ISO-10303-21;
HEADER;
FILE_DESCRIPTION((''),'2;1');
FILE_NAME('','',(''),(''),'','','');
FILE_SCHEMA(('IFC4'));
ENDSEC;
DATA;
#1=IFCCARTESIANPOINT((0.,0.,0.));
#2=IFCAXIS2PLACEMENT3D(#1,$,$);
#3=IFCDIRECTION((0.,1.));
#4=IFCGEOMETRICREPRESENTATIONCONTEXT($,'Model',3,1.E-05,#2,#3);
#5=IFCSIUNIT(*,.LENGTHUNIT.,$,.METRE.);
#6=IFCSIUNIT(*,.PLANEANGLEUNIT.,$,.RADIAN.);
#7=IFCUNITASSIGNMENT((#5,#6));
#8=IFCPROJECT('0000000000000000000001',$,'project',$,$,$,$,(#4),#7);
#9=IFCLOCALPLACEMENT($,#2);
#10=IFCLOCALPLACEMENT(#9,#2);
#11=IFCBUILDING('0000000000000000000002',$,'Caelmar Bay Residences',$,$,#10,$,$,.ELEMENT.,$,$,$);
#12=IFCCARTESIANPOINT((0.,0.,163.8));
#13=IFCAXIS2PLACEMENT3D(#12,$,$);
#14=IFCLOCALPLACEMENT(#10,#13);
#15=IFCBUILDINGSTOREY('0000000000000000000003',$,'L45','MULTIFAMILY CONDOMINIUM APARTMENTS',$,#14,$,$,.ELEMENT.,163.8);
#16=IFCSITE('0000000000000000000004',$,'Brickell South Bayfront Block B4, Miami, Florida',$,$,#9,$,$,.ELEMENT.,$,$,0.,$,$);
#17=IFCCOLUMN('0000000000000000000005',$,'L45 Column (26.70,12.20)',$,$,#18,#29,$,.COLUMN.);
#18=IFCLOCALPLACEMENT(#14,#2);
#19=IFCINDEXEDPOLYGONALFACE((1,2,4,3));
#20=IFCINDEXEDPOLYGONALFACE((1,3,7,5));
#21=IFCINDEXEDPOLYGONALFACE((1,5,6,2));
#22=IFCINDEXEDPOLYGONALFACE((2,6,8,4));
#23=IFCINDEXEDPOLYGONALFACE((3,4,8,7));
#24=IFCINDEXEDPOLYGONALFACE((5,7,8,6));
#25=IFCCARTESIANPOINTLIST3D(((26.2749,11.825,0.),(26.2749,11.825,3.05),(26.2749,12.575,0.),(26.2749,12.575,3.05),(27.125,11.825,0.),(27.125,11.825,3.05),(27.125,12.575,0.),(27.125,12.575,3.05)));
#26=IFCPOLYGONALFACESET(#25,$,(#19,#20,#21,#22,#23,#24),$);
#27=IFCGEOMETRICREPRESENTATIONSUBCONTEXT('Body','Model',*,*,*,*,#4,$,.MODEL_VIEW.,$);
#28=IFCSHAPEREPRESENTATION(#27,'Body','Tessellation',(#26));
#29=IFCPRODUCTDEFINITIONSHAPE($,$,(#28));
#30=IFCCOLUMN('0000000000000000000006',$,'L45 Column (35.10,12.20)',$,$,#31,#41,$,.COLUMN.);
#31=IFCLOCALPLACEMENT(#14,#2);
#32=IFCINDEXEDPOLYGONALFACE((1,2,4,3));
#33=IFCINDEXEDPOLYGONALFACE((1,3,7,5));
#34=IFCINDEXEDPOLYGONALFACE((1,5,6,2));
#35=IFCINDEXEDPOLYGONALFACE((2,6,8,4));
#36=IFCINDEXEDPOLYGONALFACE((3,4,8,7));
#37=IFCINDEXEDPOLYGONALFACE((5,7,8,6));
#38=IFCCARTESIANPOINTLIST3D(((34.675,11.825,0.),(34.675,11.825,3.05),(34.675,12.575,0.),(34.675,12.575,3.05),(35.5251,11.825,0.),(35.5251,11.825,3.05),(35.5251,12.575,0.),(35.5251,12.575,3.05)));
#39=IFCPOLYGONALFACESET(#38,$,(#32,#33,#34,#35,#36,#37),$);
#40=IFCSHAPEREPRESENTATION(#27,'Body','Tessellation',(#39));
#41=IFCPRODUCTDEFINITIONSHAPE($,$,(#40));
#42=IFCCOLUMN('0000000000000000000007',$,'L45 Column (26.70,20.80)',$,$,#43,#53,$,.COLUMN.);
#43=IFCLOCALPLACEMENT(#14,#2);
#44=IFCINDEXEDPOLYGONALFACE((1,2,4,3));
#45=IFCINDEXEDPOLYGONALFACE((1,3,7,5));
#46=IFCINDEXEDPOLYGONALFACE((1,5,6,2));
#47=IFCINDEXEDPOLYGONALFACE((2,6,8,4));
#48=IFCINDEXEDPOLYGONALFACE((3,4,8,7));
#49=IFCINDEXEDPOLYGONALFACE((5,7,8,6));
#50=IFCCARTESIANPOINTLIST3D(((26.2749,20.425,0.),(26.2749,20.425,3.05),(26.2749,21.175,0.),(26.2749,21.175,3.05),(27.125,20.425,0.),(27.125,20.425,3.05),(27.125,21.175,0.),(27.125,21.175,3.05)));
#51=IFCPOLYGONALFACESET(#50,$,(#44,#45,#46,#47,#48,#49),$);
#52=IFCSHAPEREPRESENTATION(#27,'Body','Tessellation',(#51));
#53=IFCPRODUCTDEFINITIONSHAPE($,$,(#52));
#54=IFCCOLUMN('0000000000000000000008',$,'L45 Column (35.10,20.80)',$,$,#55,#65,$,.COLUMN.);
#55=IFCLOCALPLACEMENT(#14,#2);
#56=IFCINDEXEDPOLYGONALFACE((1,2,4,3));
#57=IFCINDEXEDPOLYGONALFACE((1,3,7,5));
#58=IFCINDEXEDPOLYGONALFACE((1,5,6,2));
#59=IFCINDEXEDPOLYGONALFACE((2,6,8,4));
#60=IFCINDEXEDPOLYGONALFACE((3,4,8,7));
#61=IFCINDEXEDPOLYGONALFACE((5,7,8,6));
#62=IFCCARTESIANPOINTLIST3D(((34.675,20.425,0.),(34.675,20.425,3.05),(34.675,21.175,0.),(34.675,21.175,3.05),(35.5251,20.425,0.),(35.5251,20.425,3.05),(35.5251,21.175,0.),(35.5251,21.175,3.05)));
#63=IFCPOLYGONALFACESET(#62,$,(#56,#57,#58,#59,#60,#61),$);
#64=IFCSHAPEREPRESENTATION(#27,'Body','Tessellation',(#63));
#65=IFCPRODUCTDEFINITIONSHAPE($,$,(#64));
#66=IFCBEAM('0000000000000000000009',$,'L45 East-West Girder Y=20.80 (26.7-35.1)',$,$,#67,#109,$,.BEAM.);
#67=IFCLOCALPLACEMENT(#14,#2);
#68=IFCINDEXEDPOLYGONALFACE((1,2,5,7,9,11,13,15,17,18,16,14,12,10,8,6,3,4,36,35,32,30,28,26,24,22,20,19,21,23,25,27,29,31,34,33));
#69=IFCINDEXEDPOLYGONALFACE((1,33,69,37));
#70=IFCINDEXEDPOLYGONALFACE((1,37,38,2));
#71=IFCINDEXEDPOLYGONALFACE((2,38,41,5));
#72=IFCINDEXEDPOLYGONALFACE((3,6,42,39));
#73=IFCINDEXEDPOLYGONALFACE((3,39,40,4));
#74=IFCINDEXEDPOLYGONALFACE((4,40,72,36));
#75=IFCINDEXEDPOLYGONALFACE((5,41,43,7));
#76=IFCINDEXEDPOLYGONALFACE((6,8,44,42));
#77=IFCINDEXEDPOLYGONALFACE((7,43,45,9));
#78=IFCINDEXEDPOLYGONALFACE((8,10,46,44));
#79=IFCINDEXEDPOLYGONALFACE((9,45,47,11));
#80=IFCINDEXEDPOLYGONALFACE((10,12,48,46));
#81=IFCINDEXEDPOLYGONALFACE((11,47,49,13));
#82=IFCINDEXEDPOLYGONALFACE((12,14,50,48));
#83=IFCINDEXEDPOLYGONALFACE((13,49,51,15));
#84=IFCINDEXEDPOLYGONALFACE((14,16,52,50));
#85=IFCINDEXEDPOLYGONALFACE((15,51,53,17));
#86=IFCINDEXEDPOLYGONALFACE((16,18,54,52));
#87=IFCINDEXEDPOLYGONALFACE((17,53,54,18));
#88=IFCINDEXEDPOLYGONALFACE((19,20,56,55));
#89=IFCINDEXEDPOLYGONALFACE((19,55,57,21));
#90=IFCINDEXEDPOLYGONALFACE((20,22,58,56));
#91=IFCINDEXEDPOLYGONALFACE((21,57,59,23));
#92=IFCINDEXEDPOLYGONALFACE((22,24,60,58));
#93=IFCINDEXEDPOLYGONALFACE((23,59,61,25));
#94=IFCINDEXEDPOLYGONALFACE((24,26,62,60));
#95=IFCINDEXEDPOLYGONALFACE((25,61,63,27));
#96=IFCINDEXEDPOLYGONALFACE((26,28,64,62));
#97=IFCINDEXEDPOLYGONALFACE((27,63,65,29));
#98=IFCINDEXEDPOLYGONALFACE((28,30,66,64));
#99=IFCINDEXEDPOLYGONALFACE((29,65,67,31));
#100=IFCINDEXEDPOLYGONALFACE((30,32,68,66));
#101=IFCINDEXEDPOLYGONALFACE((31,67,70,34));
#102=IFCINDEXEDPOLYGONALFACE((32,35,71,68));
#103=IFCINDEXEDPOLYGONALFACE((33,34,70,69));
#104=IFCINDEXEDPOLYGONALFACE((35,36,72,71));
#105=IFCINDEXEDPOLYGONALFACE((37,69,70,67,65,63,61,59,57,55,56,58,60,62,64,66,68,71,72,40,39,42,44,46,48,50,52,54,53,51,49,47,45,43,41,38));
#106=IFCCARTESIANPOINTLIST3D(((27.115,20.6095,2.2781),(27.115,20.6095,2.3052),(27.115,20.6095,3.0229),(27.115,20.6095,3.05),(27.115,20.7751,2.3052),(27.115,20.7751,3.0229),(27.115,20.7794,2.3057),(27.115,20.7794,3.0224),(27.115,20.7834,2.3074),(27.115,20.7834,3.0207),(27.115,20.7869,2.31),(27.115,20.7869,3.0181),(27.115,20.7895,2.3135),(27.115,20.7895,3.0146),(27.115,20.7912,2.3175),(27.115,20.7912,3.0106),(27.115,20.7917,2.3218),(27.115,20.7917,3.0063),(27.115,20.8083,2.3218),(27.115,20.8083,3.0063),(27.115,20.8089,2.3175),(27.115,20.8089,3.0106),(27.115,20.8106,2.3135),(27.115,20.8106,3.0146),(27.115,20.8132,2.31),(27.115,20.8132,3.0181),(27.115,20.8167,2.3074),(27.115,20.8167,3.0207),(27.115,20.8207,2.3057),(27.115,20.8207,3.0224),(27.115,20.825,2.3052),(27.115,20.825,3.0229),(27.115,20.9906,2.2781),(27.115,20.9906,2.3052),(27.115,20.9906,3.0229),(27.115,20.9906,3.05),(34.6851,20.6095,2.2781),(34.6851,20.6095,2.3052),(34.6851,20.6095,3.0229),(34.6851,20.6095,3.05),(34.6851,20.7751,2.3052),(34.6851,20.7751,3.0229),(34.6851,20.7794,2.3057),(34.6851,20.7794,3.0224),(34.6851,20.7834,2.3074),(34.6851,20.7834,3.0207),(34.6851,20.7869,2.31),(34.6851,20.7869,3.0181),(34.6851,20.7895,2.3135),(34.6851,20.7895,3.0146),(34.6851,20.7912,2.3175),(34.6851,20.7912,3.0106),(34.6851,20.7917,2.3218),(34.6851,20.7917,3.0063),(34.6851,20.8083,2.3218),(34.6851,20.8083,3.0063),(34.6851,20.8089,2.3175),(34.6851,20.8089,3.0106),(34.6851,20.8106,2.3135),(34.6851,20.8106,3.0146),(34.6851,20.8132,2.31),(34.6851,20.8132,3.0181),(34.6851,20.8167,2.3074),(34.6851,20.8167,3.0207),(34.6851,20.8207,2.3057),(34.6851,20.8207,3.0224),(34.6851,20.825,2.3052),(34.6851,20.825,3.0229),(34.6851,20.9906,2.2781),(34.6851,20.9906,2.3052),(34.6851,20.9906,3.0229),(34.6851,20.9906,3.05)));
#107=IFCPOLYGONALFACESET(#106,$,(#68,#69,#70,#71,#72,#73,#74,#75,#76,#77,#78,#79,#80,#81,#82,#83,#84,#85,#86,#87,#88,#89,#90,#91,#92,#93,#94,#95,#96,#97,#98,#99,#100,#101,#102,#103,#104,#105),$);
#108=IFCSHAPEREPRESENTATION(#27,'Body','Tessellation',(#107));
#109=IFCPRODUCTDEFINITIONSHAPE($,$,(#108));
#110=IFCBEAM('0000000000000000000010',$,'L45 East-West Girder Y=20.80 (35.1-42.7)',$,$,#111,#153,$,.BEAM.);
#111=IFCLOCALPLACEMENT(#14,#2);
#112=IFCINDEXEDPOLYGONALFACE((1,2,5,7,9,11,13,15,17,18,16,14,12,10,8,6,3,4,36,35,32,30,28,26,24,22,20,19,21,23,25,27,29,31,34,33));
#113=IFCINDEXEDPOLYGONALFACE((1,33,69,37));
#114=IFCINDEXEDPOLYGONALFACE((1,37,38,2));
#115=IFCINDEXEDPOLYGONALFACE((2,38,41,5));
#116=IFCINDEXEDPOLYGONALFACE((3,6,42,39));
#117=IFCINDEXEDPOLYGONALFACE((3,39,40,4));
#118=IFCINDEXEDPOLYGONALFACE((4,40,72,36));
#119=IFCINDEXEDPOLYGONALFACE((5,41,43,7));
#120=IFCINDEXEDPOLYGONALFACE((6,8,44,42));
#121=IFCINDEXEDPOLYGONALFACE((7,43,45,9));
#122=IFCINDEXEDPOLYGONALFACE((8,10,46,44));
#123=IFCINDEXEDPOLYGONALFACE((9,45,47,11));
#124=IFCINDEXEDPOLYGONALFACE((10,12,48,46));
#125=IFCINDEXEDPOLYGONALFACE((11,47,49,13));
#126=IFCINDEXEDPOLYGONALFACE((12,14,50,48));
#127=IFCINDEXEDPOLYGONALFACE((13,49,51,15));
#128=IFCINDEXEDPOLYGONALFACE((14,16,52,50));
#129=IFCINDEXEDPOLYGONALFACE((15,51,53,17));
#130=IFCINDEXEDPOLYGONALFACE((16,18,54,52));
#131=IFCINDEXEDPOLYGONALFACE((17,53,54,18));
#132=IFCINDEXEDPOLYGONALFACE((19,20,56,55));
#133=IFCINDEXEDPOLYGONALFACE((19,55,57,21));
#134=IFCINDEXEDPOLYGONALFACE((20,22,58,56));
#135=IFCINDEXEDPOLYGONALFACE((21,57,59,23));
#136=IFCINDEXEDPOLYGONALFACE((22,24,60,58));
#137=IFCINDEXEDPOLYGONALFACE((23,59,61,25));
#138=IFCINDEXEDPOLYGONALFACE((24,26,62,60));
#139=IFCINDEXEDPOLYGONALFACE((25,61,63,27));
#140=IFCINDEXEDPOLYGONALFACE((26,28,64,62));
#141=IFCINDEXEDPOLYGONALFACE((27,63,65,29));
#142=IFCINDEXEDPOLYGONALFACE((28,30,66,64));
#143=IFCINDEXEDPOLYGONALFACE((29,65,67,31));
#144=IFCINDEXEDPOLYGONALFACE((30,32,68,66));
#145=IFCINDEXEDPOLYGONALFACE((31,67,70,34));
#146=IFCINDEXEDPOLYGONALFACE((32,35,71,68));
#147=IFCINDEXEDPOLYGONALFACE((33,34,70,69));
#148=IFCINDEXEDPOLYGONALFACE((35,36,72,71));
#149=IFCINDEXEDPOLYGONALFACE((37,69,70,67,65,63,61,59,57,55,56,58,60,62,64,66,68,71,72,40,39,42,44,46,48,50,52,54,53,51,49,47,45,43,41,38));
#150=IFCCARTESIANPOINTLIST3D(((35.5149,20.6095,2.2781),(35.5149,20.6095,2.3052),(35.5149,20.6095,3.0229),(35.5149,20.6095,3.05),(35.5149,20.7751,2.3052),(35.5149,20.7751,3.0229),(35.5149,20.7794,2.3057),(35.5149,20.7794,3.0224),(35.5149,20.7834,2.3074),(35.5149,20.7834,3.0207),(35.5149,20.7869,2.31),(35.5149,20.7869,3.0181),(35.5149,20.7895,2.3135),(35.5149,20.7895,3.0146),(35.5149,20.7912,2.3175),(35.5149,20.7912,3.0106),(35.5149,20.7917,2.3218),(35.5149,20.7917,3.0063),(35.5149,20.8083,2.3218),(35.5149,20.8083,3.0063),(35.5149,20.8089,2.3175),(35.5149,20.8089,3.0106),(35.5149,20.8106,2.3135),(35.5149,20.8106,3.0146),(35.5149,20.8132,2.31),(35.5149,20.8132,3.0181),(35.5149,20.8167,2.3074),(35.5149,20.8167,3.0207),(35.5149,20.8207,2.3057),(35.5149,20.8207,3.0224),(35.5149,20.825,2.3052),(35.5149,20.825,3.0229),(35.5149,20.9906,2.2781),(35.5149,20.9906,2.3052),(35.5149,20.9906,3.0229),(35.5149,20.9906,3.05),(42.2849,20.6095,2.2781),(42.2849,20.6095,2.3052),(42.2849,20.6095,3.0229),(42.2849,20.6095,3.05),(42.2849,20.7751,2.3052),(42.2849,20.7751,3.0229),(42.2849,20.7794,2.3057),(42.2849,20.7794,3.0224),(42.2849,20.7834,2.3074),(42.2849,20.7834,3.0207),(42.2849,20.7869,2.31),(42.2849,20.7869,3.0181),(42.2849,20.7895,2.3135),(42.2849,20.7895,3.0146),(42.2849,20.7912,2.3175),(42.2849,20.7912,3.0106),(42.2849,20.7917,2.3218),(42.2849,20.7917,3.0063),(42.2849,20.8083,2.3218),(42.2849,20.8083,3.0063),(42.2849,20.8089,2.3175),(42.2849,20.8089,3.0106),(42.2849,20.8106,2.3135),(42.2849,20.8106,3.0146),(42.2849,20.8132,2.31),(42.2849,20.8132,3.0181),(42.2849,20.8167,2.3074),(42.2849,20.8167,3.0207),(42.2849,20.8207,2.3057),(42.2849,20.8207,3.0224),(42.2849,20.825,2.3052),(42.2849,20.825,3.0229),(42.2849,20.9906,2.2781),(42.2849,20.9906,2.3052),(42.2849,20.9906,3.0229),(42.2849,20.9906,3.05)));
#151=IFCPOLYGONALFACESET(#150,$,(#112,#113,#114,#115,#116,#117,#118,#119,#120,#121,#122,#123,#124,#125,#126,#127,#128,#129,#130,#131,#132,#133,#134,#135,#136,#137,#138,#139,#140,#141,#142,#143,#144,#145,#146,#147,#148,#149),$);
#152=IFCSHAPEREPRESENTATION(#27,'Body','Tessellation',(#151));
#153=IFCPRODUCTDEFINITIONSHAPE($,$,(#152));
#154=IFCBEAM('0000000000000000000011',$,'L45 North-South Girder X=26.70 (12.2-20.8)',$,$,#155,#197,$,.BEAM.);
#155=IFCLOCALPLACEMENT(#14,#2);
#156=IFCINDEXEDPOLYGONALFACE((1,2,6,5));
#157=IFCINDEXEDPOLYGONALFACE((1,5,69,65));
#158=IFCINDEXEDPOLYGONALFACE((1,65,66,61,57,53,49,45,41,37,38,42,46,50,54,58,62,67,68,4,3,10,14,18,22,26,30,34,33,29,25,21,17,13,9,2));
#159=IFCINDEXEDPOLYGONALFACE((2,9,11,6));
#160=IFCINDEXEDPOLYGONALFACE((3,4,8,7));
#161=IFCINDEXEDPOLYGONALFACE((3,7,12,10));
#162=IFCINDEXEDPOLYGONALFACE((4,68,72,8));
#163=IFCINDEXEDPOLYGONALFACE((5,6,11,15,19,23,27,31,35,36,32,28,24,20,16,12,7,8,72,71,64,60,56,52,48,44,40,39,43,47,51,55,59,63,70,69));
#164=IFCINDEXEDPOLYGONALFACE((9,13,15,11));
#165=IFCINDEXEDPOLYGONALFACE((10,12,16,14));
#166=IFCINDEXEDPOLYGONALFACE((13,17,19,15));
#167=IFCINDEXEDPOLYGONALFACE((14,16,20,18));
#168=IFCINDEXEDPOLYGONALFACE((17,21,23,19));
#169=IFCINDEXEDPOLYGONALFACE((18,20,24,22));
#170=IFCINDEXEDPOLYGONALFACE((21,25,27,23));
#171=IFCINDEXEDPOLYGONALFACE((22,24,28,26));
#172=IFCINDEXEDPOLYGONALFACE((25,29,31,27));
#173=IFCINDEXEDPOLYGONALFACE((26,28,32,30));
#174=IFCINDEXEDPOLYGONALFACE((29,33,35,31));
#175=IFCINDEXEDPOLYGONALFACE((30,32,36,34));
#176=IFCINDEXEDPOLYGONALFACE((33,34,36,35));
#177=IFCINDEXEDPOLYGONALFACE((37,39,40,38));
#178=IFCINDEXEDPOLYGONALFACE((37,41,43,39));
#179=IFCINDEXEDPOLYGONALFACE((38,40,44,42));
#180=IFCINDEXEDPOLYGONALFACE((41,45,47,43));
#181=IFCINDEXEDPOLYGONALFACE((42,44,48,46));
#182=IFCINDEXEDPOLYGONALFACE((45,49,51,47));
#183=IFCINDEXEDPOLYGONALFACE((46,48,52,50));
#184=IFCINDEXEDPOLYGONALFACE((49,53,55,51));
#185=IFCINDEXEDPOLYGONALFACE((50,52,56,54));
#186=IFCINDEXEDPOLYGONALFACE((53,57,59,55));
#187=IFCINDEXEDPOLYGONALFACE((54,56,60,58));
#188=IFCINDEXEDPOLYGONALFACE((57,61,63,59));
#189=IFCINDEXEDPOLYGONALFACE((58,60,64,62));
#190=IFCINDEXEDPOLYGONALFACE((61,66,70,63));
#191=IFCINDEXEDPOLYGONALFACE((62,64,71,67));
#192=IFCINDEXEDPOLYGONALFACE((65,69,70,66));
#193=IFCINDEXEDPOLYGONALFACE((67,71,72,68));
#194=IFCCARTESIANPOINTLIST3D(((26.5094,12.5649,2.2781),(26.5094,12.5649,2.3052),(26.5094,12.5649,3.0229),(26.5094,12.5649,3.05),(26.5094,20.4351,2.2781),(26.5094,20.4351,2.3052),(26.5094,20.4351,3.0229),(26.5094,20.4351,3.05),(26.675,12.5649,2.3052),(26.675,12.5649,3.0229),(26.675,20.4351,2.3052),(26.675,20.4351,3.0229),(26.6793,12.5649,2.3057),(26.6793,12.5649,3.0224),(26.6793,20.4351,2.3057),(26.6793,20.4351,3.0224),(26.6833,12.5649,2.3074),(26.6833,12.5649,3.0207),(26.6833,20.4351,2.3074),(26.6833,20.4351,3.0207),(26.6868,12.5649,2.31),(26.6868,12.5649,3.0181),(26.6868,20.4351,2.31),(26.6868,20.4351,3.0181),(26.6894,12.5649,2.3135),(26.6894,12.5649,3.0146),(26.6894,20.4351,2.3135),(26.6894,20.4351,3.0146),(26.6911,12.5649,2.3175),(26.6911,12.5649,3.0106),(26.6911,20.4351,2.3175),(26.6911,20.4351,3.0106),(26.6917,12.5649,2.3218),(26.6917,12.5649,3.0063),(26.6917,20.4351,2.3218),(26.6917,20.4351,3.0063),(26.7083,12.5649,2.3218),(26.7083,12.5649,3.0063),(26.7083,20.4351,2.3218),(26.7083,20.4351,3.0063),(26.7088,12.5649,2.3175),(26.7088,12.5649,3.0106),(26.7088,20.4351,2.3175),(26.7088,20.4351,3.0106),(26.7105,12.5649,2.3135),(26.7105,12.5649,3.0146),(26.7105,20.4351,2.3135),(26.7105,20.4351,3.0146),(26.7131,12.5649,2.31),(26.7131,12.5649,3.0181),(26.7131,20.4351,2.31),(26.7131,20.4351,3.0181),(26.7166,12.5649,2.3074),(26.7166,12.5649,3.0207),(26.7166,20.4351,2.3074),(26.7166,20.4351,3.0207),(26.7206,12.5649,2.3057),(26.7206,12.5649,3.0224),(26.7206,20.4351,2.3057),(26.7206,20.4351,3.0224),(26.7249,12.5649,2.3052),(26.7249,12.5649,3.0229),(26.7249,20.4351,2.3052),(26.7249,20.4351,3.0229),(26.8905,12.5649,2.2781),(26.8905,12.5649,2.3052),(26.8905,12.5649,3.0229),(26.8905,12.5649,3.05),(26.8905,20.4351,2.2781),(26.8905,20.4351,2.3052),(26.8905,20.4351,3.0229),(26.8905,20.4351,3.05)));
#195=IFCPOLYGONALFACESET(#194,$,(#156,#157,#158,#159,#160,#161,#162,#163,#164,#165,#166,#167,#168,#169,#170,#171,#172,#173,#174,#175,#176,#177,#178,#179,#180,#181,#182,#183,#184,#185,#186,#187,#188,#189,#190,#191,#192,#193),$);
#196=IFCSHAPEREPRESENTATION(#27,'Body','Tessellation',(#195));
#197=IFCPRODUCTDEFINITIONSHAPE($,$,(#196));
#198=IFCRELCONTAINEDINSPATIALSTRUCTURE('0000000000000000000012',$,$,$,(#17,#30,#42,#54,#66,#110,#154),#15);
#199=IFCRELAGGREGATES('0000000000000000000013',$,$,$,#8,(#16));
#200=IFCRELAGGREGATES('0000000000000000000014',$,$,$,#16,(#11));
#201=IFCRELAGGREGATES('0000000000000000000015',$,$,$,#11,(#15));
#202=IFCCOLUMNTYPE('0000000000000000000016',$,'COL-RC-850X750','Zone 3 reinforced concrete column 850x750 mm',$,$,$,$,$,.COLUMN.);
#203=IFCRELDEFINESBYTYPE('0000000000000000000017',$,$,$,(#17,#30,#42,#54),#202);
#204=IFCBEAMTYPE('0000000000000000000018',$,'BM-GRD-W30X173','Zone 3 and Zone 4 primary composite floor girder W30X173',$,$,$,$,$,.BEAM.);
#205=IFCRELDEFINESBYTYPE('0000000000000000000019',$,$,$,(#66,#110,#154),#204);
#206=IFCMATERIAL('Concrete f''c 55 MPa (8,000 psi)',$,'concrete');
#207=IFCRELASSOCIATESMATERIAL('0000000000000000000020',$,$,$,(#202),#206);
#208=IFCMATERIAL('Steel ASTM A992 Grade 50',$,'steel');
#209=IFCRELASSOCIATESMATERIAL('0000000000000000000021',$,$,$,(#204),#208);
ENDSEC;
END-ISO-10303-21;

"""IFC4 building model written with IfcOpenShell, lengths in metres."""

from ifc_helpers import new_model, si_unit, direction, frame, origin, origin_2d, place, context, subcontext, project, spatial, rectangle, i_section, extrude, material, material_profile, profile_set, type_object, element, save


model = new_model("IFC4")

# Units and contexts
model_context = context("Model", 3, precision=1e-05, world=origin(), true_north=direction((0.0, 1.0)))
body_context = subcontext(model_context, "Body", "Model", "MODEL_VIEW")
ifc_project = project(units=[si_unit("LENGTHUNIT", "METRE"), si_unit("PLANEANGLEUNIT", "RADIAN")], contexts=[model_context])

# Site, building, storey
site_placement = place(None, origin())
site = spatial("IfcSite", under=ifc_project, at=site_placement, Name="Brickell South Bayfront Block B4, Miami, Florida", CompositionType="ELEMENT", RefElevation=0.0)
building_placement = place(site_placement, origin())
building = spatial("IfcBuilding", under=site, at=building_placement, Name="Caelmar Bay Residences", CompositionType="ELEMENT")
storey_placement = place(building_placement, frame((0.0, 0.0, 163.8)))
storey = spatial("IfcBuildingStorey", under=building, at=storey_placement, Name="L45", Description="MULTIFAMILY CONDOMINIUM APARTMENTS", CompositionType="ELEMENT", Elevation=163.8)

# Columns
ifc_material_1 = material(Name="Concrete f'c 55 MPa (8,000 psi)", Category="concrete")
ifc_material_profile_1 = material_profile(ifc_material_1, rectangle(XDim=0.8501, YDim=0.75, at=origin_2d()), Name="RC-COL-850X750")
ifc_profile_set_1 = profile_set([ifc_material_profile_1], Name="Concrete f'c 55 MPa (8,000 psi)")
column_type = type_object("IfcColumnType", Name="COL-RC-850X750", Description="Zone 3 reinforced concrete column 850x750 mm", PredefinedType="COLUMN", material=ifc_profile_set_1)
for number, where, z_axis, x_axis, name in (
    (1, (26.7, 12.2, 0.0), (0.0, 0.0, 1.0), (1.0, 0.0, 0.0), "L45 Column (26.70,12.20)"),
    (2, (35.1001, 12.2, 0.0), (0.0, 0.0, 1.0), (1.0, 0.0, 0.0), "L45 Column (35.10,12.20)"),
    (3, (26.7, 20.8, 0.0), (0.0, 0.0, 1.0), (1.0, 0.0, 0.0), "L45 Column (26.70,20.80)"),
    (4, (35.1001, 20.8, 0.0), (0.0, 0.0, 1.0), (1.0, 0.0, 0.0), "L45 Column (35.10,20.80)"),
):
    element("IfcColumn", number, at=place(storey_placement, frame(where, z_axis=z_axis, x_axis=x_axis)), inside=storey, type_object=column_type, Name=name, PredefinedType="COLUMN", context=body_context, shape_type="SweptSolid", body=[
        extrude(rectangle(XDim=0.8501, YDim=0.75, at=origin_2d()), origin(), (0.0, 0.0, 1.0), 3.05),
    ])

# Beams
ifc_material_2 = material(Name="Steel ASTM A992 Grade 50", Category="steel")
ifc_material_profile_2 = material_profile(ifc_material_2, i_section(OverallWidth=0.3811, OverallDepth=0.772, WebThickness=0.0166, FlangeThickness=0.0271, FilletRadius=0.0166, at=origin_2d()), Name="W30X173")
ifc_profile_set_2 = profile_set([ifc_material_profile_2], Name="Steel ASTM A992 Grade 50")
beam_type_1 = type_object("IfcBeamType", Name="BM-GRD-W30X173", Description="Zone 3 and Zone 4 primary composite floor girder W30X173", PredefinedType="BEAM", material=ifc_profile_set_2)
beam_1_placement = place(storey_placement, frame((27.115, 20.8, 2.6641), z_axis=(1.0, 0.0, 0.0), x_axis=(0.0, 1.0, 0.0)))
element("IfcBeam", 5, at=beam_1_placement, inside=storey, type_object=beam_type_1, Name="L45 East-West Girder Y=20.80 (26.7-35.1)", PredefinedType="BEAM", context=body_context, shape_type="SweptSolid", body=[
    extrude(i_section(OverallWidth=0.3811, OverallDepth=0.772, WebThickness=0.0166, FlangeThickness=0.0271, FilletRadius=0.0166, at=origin_2d()), origin(), (0.0, 0.0, 1.0), 7.5701),
])
beam_2_placement = place(storey_placement, frame((35.5149, 20.8, 2.6641), z_axis=(1.0, 0.0, 0.0), x_axis=(0.0, 1.0, 0.0)))
element("IfcBeam", 6, at=beam_2_placement, inside=storey, type_object=beam_type_1, Name="L45 East-West Girder Y=20.80 (35.1-42.7)", PredefinedType="BEAM", context=body_context, shape_type="SweptSolid", body=[
    extrude(i_section(OverallWidth=0.3811, OverallDepth=0.772, WebThickness=0.0166, FlangeThickness=0.0271, FilletRadius=0.0166, at=origin_2d()), origin(), (0.0, 0.0, 1.0), 6.77),
])
for number, where, z_axis, x_axis, name in (
    (7, (26.7, 12.5649, 2.6641), (0.0, 1.0, 0.0), (-1.0, 0.0, 0.0), "L45 North-South Girder X=26.70 (12.2-20.8)"),
):
    element("IfcBeam", number, at=place(storey_placement, frame(where, z_axis=z_axis, x_axis=x_axis)), inside=storey, type_object=beam_type_1, Name=name, PredefinedType="BEAM", context=body_context, shape_type="SweptSolid", body=[
        extrude(i_section(OverallWidth=0.3811, OverallDepth=0.772, WebThickness=0.0166, FlangeThickness=0.0271, FilletRadius=0.0166, at=origin_2d()), origin(), (0.0, 0.0, 1.0), 7.8701),
    ])

save(model, "model.ifc")
